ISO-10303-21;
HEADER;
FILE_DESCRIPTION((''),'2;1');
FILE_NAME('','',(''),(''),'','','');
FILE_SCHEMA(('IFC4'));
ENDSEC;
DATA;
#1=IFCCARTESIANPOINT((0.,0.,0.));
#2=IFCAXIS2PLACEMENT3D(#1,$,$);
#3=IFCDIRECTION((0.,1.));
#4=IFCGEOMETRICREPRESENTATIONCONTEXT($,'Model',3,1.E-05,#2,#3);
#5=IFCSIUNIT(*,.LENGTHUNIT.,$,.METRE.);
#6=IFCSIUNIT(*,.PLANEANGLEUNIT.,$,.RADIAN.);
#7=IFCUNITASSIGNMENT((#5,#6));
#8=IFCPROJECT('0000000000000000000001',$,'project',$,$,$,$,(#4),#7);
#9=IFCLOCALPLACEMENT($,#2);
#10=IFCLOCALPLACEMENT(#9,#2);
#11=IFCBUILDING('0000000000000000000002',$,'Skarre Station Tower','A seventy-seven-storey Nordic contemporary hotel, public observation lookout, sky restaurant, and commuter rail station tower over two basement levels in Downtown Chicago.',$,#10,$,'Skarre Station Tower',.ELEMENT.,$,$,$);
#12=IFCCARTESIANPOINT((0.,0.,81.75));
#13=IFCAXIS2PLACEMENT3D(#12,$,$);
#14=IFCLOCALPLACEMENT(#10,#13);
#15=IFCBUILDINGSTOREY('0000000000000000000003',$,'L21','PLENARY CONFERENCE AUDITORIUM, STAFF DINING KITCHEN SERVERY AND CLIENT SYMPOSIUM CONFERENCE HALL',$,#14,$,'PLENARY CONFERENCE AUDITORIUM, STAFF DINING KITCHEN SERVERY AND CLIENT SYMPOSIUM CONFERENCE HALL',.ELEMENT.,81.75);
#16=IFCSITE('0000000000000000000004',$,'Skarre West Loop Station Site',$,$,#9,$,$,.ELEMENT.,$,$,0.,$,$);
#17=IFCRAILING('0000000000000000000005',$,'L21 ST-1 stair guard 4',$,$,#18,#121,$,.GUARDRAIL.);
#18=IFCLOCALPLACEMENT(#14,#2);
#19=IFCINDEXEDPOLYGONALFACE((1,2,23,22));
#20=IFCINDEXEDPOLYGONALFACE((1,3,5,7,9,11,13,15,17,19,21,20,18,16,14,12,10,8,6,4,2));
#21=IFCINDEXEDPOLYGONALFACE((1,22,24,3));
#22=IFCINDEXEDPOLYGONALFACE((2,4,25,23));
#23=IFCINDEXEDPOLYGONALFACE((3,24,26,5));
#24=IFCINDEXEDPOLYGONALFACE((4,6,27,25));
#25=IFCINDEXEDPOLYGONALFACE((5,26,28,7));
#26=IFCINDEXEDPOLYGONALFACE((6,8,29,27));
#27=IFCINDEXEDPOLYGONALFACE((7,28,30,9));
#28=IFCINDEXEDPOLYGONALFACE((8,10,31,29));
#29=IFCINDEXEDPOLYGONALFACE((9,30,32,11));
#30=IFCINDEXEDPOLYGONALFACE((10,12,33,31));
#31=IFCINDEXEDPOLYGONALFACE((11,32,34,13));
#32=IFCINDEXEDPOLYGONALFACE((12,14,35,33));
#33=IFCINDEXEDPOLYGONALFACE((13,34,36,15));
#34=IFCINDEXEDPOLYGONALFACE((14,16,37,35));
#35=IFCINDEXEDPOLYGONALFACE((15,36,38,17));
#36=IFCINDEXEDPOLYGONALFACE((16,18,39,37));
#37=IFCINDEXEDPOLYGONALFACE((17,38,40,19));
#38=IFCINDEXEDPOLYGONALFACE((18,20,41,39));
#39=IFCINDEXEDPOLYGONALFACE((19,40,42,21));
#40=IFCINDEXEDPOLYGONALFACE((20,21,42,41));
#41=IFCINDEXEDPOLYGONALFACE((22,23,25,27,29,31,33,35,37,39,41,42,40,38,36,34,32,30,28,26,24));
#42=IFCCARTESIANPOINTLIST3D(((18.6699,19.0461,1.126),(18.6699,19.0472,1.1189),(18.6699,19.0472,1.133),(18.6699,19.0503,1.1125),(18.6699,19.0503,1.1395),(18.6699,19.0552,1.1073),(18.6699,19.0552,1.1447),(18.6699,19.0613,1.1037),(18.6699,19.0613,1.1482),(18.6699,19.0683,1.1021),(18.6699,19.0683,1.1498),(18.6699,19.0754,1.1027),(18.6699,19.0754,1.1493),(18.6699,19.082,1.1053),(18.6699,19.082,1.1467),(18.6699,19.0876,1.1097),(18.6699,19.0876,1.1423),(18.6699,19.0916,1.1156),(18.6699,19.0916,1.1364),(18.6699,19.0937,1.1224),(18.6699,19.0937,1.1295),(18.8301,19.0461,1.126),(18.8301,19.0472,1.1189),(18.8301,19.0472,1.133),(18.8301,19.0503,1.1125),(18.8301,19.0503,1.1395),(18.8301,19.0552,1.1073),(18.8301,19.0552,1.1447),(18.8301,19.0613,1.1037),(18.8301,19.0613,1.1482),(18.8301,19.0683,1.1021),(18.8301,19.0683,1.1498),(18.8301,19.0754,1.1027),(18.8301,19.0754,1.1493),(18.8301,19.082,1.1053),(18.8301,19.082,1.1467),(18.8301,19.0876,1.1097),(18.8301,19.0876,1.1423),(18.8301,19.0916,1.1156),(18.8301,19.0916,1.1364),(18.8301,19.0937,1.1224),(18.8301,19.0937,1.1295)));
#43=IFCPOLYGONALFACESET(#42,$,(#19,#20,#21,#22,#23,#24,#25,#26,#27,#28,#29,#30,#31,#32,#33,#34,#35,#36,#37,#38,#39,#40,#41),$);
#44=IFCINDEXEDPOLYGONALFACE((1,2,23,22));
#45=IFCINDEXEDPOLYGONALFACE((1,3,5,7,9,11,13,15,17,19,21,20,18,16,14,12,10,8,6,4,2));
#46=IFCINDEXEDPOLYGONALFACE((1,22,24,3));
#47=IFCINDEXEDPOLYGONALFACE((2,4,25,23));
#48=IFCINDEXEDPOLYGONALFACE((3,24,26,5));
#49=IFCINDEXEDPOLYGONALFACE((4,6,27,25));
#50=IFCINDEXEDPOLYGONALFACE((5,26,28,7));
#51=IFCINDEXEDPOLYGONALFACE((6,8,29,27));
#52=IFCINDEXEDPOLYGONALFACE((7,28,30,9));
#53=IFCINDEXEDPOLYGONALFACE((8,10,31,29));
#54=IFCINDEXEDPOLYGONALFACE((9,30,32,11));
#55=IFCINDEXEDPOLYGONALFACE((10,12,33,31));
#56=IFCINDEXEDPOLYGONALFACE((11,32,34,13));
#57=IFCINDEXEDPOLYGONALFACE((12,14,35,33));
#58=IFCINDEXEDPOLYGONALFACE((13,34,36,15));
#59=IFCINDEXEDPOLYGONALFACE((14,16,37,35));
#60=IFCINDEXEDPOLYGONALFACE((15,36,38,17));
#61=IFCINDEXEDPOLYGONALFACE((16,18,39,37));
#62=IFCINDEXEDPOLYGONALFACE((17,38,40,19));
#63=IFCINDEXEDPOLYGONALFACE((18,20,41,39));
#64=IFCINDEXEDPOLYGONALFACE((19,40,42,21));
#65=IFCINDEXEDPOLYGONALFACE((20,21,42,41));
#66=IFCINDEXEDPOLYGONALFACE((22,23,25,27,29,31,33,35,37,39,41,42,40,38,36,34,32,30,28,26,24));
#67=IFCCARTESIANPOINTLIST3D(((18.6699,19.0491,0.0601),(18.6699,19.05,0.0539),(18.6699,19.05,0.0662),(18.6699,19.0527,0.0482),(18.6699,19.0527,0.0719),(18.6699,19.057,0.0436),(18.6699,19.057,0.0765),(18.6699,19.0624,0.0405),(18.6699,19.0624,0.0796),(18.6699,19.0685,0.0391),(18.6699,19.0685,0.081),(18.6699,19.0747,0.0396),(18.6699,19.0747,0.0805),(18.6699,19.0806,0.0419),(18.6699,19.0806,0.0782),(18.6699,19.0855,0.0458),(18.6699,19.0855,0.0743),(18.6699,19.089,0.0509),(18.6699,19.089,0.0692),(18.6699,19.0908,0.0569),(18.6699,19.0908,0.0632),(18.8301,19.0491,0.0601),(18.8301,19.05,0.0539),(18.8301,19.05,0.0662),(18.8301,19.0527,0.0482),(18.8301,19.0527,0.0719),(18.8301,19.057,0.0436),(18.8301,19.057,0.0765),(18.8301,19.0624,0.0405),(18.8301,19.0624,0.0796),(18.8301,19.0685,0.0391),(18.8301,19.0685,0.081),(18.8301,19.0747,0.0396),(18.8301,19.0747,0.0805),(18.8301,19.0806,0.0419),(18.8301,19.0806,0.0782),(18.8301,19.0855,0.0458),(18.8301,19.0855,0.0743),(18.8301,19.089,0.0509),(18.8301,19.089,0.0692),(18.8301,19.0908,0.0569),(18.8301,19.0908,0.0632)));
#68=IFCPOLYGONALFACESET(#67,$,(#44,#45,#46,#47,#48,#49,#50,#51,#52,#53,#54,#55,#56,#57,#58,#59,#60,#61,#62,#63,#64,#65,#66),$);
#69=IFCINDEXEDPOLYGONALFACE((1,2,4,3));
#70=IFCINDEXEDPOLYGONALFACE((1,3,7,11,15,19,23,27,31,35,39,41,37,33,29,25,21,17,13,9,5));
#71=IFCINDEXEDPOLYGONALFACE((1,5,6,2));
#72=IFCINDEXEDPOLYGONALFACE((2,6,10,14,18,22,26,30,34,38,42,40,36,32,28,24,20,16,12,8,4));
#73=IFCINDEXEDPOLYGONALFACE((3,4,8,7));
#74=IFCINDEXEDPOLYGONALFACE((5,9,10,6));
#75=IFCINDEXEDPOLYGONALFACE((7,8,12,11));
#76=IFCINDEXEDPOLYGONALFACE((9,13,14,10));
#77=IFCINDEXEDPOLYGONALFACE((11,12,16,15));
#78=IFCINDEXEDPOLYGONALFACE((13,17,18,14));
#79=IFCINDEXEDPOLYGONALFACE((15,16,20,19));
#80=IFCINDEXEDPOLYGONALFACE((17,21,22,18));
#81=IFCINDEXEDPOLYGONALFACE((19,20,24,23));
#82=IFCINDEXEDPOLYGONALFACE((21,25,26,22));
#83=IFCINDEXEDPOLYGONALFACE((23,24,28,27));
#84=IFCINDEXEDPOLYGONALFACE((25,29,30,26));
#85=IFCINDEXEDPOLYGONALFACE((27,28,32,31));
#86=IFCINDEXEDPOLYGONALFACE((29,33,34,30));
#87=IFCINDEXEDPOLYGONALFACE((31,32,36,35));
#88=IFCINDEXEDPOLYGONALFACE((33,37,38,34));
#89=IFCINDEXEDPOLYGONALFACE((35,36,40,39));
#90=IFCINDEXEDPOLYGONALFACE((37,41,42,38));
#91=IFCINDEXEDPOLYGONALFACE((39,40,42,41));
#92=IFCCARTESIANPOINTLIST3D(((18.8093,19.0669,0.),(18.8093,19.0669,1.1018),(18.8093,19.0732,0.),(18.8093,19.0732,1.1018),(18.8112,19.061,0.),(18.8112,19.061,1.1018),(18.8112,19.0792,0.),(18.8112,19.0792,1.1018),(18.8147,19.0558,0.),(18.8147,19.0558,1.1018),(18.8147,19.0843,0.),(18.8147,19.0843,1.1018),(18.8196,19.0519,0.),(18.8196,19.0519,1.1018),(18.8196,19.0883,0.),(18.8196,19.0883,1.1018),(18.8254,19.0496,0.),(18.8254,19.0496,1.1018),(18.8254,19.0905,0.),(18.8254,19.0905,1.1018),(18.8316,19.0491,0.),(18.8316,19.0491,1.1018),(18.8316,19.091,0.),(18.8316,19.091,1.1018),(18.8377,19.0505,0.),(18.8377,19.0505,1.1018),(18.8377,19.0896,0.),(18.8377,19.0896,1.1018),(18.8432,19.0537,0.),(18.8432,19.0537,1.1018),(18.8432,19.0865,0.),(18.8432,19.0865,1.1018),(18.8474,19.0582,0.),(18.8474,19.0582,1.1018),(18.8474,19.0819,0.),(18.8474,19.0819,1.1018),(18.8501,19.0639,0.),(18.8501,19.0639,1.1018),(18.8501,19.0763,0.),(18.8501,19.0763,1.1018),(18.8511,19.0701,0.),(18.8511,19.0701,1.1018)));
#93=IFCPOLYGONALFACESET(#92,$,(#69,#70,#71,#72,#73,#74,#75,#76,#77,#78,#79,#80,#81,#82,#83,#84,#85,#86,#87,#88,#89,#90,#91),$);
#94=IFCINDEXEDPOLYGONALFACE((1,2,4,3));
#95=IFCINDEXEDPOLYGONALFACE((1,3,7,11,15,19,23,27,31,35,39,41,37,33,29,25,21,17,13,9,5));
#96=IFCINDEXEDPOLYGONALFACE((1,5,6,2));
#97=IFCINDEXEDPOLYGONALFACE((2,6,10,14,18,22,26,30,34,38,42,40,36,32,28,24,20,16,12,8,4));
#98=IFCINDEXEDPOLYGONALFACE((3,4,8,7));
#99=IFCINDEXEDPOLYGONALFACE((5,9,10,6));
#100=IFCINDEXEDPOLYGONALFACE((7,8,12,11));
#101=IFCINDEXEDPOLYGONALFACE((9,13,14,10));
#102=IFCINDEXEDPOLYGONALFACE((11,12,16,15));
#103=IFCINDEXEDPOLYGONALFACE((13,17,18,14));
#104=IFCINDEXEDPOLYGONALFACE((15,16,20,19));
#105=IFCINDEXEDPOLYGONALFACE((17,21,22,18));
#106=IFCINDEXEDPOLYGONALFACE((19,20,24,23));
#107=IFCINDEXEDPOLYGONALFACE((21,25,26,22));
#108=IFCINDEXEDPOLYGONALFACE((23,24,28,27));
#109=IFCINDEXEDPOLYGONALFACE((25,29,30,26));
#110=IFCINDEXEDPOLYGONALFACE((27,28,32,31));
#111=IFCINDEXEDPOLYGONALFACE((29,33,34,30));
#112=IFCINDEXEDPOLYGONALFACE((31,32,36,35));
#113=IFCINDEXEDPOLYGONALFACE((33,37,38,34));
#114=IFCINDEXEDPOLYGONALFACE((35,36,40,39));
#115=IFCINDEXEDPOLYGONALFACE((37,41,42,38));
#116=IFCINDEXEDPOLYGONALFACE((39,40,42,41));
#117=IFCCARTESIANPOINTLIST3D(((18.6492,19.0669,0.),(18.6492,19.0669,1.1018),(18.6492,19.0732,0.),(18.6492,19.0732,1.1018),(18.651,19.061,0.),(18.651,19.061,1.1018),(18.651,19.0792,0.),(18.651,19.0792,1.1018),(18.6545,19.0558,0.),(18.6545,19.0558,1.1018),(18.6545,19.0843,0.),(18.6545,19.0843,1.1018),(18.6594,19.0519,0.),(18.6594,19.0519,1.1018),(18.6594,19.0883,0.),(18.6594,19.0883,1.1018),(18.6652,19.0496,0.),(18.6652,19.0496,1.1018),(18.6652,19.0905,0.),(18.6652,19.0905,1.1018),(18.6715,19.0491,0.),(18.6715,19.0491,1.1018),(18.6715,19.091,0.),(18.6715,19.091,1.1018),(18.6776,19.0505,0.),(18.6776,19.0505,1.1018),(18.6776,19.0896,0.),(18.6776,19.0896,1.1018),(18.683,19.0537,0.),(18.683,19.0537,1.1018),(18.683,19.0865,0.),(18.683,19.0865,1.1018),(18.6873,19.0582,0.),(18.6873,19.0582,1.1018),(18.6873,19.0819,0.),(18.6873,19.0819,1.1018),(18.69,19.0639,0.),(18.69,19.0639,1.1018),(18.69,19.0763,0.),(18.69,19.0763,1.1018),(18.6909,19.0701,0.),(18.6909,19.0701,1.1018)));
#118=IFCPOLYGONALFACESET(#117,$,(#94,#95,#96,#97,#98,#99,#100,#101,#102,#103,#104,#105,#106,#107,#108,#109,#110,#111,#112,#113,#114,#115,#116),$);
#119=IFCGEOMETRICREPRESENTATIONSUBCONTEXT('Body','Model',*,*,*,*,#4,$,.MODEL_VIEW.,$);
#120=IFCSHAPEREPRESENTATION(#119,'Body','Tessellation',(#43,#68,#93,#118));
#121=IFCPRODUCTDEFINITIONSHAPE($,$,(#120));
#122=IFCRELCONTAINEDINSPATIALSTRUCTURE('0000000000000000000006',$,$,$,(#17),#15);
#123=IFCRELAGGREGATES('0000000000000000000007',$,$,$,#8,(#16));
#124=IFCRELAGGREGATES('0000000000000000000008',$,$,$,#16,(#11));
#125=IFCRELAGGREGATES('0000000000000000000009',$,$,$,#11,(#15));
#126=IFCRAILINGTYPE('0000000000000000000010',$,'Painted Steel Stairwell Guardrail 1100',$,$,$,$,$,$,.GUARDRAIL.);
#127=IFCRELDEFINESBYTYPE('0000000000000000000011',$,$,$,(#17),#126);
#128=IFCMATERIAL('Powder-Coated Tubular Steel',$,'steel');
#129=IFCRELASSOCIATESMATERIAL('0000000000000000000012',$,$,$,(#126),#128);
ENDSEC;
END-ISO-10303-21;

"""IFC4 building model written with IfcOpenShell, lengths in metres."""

from ifc_helpers import new_model, si_unit, direction, frame, origin, origin_2d, place, context, subcontext, project, spatial, circle, extrude, material, type_object, element, save


model = new_model("IFC4")

# Units and contexts
model_context = context("Model", 3, precision=1e-05, world=origin(), true_north=direction((0.0, 1.0)))
body_context = subcontext(model_context, "Body", "Model", "MODEL_VIEW")
ifc_project = project(units=[si_unit("LENGTHUNIT", "METRE"), si_unit("PLANEANGLEUNIT", "RADIAN")], contexts=[model_context])

# Site, building, storey
site_placement = place(None, origin())
site = spatial("IfcSite", under=ifc_project, at=site_placement, Name="Skarre West Loop Station Site", CompositionType="ELEMENT", RefElevation=0.0)
building_placement = place(site_placement, origin())
building = spatial("IfcBuilding", under=site, at=building_placement, Name="Skarre Station Tower", Description="A seventy-seven-storey Nordic contemporary hotel, public observation lookout, sky restaurant, and commuter rail station tower over two basement levels in Downtown Chicago.", LongName="Skarre Station Tower", CompositionType="ELEMENT")
storey_placement = place(building_placement, frame((0.0, 0.0, 81.75)))
storey = spatial("IfcBuildingStorey", under=building, at=storey_placement, Name="L21", Description="PLENARY CONFERENCE AUDITORIUM, STAFF DINING KITCHEN SERVERY AND CLIENT SYMPOSIUM CONFERENCE HALL", LongName="PLENARY CONFERENCE AUDITORIUM, STAFF DINING KITCHEN SERVERY AND CLIENT SYMPOSIUM CONFERENCE HALL", CompositionType="ELEMENT", Elevation=81.75)

# Railing
ifc_material_1 = material(Name="Powder-Coated Tubular Steel", Category="steel")
railing_type_1 = type_object("IfcRailingType", Name="Painted Steel Stairwell Guardrail 1100", PredefinedType="GUARDRAIL", material=ifc_material_1)
railing_1_placement = place(storey_placement, frame((18.8301, 19.0701, 0.0)))
element("IfcRailing", 1, at=railing_1_placement, inside=storey, type_object=railing_type_1, Name="L21 ST-1 stair guard 4", PredefinedType="GUARDRAIL", context=body_context, shape_type="SweptSolid", body=[
    extrude(circle(Radius=0.0239, at=origin_2d()), frame((0.0, 0.0, 1.126), z_axis=(-1.0, 0.0, 0.0), x_axis=(0.0, -1.0, 0.0)), (0.0, 0.0, 1.0), 0.1602),
    extrude(circle(Radius=0.021, at=origin_2d()), frame((0.0, 0.0, 0.0601), z_axis=(-1.0, 0.0, 0.0), x_axis=(0.0, -1.0, 0.0)), (0.0, 0.0, 1.0), 0.1602),
    extrude(circle(Radius=0.021, at=origin_2d()), origin(), (0.0, 0.0, 1.0), 1.1018),
    extrude(circle(Radius=0.021, at=origin_2d()), frame((-0.1602, 0.0, 0.0)), (0.0, 0.0, 1.0), 1.1018),
])

save(model, "model.ifc")
